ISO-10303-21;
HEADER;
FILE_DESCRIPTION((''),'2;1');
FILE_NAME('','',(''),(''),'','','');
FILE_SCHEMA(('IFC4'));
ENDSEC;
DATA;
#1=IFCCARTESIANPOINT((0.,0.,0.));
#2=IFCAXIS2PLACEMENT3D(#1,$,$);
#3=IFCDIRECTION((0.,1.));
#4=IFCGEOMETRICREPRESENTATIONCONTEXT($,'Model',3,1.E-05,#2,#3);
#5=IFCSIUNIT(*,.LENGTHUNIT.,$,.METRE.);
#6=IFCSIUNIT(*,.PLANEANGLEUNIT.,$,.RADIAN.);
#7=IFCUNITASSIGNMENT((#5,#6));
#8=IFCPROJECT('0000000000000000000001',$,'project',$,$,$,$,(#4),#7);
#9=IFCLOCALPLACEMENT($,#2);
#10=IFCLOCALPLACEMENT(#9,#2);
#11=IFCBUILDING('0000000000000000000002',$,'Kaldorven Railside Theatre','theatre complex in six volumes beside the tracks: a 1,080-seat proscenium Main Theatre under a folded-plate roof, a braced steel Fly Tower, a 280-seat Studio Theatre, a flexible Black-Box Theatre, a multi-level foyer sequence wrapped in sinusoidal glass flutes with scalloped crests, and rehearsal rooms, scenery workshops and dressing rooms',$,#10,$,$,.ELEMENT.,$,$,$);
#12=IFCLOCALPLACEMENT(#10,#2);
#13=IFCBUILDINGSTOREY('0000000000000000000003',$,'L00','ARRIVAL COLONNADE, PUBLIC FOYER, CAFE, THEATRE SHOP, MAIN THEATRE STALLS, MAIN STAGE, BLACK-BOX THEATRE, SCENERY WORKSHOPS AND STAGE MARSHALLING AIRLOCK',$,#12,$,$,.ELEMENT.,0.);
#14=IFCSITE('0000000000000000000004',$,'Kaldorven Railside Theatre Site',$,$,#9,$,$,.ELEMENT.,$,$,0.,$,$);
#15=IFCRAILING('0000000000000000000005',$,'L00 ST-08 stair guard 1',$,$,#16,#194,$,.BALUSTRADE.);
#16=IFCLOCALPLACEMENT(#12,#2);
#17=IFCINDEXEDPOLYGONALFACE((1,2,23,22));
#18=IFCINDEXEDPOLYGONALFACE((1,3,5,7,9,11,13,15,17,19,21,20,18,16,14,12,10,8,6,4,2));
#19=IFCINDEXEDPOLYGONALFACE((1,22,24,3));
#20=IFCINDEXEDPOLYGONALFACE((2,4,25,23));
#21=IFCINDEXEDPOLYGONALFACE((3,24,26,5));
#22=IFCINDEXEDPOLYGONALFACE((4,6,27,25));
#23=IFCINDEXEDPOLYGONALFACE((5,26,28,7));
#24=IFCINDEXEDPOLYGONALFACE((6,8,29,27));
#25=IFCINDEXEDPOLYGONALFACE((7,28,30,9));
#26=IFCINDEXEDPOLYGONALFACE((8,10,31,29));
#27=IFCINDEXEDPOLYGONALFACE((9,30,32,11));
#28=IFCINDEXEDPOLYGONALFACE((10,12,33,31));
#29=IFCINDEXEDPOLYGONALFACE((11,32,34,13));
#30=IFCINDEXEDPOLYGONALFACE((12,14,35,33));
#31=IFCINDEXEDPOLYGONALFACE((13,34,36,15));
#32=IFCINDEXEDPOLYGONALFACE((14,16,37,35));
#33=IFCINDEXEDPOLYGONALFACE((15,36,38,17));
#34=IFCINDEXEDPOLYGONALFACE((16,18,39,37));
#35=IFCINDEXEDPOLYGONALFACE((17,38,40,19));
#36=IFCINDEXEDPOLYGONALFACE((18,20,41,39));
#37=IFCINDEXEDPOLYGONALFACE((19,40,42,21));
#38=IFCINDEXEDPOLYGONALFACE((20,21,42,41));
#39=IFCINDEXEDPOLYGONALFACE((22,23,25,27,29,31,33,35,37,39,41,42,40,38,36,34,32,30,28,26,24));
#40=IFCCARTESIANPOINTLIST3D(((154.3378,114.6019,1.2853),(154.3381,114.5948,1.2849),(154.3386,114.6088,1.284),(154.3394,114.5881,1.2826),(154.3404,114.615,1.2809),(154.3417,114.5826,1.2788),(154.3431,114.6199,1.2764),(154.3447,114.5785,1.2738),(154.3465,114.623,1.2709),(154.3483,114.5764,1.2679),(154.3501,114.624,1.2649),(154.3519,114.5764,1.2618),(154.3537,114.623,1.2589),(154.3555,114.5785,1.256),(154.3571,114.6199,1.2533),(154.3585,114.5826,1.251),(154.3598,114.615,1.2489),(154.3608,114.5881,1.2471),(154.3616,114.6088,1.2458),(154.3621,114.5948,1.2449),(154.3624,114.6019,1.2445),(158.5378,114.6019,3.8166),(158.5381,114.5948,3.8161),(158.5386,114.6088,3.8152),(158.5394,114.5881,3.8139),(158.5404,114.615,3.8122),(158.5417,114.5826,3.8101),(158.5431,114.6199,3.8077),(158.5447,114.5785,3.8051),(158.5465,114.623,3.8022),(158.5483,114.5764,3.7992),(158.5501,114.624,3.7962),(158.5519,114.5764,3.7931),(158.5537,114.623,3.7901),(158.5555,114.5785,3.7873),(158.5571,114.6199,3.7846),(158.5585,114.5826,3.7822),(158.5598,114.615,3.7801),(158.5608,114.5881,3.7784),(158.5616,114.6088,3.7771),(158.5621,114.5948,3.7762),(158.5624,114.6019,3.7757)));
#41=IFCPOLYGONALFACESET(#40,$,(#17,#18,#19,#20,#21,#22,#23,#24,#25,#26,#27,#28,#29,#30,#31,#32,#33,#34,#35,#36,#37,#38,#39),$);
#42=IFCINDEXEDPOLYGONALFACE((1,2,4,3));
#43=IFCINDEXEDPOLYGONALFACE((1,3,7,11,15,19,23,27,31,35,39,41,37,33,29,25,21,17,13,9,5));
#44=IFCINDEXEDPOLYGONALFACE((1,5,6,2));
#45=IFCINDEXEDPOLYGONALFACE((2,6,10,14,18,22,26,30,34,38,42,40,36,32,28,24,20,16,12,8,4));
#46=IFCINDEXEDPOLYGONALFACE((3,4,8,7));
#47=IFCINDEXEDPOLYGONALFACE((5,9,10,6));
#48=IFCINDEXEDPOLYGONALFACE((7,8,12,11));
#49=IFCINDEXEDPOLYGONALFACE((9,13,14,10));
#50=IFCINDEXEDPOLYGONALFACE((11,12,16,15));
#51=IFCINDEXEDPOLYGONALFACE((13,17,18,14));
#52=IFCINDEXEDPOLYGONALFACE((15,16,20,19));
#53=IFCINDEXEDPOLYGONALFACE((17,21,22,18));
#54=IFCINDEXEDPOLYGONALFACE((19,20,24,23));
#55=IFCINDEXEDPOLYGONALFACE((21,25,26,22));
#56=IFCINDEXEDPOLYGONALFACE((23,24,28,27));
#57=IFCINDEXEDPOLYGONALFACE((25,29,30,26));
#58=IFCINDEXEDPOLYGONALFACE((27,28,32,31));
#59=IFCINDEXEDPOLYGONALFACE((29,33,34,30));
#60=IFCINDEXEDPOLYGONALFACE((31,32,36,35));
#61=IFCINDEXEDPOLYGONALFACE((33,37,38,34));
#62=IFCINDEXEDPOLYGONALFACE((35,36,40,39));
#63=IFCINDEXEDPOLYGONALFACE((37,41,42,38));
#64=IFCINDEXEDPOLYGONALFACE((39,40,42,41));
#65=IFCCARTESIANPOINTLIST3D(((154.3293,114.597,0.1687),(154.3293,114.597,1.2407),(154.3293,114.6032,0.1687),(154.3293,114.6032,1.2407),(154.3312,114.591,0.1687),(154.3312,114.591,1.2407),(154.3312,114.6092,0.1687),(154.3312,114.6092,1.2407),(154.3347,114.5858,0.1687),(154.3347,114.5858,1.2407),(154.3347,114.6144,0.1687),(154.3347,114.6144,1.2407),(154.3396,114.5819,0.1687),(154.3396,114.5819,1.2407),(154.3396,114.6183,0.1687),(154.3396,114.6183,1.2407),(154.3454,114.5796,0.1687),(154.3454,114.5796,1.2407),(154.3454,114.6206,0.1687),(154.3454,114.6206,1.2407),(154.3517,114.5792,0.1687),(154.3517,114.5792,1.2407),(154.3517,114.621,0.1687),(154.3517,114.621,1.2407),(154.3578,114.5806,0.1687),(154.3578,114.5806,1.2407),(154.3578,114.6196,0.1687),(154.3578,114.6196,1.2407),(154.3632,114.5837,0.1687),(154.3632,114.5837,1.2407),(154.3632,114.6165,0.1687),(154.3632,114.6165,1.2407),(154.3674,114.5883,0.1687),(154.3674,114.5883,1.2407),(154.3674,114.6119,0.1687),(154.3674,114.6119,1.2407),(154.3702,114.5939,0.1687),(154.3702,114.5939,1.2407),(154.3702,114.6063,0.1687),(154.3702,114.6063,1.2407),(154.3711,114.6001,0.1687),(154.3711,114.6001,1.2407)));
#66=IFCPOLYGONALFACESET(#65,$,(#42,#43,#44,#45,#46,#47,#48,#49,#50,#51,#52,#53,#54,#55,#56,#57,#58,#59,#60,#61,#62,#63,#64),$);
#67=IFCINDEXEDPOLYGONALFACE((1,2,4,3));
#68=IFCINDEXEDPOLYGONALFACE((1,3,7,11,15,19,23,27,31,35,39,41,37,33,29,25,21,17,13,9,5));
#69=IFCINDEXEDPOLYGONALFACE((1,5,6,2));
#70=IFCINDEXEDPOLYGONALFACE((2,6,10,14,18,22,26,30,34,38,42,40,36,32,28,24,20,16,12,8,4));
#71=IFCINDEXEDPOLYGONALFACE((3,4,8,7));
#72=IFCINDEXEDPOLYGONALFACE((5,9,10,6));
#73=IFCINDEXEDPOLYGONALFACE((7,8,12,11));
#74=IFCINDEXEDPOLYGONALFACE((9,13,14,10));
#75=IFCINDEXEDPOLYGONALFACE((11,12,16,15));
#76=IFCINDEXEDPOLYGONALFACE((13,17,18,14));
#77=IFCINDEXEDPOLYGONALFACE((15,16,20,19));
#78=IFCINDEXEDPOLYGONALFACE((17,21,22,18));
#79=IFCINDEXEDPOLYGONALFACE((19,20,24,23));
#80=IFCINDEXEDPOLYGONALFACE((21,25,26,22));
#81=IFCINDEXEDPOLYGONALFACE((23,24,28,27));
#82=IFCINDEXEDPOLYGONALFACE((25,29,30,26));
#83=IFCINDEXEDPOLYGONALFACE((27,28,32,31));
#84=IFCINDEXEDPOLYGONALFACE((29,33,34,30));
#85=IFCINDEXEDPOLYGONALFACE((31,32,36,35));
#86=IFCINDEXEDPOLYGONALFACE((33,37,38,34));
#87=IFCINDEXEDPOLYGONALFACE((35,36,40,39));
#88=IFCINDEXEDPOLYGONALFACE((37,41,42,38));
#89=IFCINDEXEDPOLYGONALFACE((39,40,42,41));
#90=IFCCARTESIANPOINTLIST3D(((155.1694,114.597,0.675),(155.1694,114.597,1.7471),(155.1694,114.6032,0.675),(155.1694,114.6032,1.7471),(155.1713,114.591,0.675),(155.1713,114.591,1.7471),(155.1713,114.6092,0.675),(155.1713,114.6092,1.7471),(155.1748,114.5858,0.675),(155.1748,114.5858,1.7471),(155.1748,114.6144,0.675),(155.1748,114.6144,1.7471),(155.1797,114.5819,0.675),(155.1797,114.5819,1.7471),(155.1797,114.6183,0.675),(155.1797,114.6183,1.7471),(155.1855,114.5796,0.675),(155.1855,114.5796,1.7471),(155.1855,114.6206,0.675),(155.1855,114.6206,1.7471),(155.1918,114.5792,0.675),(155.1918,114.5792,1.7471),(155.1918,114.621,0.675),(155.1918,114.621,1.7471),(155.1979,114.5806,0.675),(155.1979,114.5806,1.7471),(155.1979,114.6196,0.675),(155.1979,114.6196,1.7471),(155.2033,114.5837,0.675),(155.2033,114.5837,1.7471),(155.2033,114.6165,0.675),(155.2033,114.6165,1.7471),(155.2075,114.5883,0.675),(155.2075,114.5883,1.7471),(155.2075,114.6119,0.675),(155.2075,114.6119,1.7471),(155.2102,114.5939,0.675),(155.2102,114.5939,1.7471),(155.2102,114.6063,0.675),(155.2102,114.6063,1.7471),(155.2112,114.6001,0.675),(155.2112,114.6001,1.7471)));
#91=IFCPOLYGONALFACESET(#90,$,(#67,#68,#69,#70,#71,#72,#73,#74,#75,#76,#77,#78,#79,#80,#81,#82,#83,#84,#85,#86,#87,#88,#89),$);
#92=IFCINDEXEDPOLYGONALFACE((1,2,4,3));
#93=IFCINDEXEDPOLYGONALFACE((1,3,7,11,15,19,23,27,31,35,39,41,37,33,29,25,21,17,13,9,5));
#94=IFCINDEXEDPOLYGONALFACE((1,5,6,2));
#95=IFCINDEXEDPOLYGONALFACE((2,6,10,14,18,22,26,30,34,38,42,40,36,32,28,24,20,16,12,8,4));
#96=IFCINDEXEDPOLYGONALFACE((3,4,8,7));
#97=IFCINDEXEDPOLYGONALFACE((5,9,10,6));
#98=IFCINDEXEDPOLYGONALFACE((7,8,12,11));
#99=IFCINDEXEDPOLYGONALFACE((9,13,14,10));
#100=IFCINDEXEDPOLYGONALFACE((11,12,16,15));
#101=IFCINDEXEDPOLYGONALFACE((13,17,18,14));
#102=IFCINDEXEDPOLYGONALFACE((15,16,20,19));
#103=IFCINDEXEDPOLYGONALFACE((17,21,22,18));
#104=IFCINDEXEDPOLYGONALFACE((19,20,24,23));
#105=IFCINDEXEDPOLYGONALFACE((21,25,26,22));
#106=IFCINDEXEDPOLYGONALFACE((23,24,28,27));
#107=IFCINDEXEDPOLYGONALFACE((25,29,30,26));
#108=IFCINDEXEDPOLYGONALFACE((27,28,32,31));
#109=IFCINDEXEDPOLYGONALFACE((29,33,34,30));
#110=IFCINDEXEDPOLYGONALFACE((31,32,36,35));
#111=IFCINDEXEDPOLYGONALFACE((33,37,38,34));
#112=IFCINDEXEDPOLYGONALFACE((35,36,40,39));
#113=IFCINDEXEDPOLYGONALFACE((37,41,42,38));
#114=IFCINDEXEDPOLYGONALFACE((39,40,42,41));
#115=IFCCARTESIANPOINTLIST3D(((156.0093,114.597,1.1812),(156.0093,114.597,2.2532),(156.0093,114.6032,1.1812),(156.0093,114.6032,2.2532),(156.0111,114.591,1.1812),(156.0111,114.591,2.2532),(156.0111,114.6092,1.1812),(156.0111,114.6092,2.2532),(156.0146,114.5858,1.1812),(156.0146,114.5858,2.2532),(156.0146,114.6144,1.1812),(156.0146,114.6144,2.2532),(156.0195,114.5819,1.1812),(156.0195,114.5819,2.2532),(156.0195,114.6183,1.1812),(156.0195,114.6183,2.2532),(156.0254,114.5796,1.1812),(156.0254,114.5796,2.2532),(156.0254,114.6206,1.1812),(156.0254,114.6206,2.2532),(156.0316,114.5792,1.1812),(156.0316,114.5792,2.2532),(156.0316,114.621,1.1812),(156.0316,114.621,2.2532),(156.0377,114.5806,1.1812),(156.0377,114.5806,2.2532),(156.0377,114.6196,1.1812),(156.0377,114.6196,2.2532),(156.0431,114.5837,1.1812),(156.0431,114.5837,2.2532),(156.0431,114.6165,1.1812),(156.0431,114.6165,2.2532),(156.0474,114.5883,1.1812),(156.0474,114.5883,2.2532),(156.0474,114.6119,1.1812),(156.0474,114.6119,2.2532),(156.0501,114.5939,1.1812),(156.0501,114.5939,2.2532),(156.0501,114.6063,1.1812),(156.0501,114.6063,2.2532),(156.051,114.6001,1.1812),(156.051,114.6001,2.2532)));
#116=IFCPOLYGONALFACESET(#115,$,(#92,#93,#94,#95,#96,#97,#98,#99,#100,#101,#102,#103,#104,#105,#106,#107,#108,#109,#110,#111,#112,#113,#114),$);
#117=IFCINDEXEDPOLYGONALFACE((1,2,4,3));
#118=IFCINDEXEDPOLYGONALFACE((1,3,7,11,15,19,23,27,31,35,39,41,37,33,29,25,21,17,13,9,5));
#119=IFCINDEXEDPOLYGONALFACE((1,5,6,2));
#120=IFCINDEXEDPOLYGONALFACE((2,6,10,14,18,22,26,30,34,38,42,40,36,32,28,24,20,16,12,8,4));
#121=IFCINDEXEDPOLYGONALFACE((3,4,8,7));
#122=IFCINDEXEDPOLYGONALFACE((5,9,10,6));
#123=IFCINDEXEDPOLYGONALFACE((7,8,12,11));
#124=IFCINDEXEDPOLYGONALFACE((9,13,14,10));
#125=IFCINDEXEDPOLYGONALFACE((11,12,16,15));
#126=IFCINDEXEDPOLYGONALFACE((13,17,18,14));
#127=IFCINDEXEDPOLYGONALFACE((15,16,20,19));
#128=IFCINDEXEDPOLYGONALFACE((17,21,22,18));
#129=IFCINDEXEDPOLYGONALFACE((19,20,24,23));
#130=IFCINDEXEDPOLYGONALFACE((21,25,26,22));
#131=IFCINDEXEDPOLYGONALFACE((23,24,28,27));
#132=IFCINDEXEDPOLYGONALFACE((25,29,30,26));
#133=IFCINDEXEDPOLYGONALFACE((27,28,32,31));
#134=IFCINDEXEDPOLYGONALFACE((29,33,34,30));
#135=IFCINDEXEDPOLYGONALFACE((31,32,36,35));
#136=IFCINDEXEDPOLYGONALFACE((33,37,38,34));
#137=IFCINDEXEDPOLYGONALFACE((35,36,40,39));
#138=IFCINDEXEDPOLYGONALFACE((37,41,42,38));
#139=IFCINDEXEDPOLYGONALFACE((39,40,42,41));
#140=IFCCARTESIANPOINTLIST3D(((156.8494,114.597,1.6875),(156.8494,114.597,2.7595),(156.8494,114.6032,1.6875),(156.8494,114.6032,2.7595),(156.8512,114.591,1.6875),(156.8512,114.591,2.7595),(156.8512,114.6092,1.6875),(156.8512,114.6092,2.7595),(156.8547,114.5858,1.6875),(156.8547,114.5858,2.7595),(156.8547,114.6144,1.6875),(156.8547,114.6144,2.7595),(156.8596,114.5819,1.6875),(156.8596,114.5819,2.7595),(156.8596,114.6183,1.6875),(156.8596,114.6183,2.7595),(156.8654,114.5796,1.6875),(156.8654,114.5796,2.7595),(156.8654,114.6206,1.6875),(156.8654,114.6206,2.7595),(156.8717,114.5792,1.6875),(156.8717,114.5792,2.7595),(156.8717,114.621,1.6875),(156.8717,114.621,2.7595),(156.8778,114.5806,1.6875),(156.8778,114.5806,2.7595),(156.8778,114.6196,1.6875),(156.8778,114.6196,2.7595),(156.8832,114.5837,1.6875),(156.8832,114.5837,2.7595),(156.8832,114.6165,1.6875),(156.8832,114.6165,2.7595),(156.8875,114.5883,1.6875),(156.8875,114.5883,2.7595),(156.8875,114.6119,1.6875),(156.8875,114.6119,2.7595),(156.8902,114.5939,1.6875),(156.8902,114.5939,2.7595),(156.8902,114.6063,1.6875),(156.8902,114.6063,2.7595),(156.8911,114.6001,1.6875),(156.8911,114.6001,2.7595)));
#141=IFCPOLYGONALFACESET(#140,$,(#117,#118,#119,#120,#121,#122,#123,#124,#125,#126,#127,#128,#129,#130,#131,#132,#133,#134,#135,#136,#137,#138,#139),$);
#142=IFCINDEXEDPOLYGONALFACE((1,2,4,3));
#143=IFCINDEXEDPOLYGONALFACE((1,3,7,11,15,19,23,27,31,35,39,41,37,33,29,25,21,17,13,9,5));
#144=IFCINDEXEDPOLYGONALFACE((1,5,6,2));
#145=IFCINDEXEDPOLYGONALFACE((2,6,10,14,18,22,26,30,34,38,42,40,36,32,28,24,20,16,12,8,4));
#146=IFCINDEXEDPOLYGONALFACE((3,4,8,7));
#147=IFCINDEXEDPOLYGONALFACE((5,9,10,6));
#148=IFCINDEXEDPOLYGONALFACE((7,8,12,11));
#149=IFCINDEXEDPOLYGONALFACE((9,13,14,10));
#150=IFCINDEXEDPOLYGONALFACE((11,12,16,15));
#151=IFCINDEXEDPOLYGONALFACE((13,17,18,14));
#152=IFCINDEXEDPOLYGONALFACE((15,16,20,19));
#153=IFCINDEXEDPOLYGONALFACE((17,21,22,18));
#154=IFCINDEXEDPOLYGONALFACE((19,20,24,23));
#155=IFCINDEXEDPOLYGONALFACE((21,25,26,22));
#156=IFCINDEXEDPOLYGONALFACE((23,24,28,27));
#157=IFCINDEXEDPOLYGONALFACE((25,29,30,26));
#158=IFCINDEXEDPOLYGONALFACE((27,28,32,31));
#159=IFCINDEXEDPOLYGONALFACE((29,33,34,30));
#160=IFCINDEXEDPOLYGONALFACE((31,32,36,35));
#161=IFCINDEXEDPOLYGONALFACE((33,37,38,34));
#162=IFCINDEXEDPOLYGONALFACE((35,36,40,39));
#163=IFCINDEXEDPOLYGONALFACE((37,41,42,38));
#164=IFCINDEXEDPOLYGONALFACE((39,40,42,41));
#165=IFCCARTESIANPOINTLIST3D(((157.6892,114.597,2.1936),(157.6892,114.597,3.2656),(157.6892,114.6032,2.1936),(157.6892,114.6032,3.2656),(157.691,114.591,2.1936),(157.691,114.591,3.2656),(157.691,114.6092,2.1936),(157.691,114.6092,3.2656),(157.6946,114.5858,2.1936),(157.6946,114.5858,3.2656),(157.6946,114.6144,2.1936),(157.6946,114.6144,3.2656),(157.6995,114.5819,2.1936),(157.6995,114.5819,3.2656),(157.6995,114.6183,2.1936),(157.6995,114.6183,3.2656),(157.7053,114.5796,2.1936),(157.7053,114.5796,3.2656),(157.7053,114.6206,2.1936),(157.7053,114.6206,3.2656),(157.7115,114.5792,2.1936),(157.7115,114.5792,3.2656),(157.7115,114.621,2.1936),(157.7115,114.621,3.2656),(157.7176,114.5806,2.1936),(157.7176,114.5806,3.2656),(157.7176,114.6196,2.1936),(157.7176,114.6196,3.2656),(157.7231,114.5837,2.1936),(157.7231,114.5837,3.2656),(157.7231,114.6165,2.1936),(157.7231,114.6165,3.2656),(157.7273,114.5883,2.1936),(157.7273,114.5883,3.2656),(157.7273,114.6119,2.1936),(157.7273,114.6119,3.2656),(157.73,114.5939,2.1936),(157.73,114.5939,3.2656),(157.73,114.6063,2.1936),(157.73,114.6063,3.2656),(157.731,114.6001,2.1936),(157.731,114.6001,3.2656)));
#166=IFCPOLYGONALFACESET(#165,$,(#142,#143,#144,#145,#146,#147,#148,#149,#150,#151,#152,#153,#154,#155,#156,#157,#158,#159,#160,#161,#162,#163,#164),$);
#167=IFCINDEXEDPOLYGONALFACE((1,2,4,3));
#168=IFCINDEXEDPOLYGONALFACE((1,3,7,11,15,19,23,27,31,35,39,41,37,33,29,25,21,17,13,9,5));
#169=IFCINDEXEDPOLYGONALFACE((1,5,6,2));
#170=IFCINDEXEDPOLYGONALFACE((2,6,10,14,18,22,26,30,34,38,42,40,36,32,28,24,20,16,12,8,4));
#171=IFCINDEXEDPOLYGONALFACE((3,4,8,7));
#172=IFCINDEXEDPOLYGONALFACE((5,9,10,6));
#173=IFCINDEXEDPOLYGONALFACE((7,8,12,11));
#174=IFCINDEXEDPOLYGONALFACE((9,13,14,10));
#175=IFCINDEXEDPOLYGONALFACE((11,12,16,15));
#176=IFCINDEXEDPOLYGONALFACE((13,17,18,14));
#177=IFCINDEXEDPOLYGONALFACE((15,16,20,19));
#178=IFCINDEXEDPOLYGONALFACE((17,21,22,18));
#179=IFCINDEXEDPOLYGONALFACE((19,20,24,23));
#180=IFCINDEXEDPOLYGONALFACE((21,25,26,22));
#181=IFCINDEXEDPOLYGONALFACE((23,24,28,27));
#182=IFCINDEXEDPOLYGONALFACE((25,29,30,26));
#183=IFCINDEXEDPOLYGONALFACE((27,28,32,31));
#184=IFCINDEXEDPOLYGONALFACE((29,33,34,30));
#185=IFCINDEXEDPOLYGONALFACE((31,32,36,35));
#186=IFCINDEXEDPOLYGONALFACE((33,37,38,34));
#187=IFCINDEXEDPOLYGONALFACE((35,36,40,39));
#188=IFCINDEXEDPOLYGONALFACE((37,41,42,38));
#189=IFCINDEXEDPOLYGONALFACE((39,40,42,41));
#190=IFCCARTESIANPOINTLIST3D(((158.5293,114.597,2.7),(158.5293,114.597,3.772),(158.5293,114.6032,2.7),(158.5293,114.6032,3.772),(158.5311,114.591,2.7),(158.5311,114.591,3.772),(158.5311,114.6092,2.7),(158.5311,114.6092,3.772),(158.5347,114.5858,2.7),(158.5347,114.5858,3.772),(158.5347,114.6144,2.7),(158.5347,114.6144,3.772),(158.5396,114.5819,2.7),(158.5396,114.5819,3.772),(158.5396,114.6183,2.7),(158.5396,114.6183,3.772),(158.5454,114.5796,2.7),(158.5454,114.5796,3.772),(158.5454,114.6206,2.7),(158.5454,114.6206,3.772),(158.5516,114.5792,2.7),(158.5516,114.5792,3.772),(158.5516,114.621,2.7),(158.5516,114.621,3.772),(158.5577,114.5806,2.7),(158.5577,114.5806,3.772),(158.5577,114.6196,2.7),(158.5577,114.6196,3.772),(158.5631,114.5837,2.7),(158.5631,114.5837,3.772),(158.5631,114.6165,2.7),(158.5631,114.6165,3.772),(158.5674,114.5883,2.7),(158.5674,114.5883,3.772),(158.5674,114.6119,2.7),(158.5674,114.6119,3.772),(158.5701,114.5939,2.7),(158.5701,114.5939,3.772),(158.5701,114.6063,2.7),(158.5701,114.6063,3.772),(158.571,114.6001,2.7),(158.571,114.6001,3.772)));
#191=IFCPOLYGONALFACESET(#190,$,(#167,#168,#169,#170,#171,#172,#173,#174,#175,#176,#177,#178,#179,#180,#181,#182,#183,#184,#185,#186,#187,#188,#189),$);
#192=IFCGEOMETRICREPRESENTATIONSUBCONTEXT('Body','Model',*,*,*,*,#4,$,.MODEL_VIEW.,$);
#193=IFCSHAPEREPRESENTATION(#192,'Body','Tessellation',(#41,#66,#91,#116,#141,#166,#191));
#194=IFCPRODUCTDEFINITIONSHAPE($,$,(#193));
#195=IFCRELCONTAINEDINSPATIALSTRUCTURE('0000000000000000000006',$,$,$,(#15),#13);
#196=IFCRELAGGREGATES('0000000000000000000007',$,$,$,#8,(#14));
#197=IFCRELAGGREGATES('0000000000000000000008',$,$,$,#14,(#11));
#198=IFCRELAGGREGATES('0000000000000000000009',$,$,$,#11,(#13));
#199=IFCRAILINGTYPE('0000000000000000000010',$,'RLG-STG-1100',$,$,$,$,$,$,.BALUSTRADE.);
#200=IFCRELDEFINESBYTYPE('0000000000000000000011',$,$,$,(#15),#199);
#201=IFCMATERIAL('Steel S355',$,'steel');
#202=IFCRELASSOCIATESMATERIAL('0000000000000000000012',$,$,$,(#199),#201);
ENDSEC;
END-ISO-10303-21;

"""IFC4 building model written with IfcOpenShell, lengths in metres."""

from ifc_helpers import new_model, si_unit, direction, frame, origin, origin_2d, place, context, subcontext, project, spatial, circle, extrude, material, type_object, element, save


model = new_model("IFC4")

# Units and contexts
model_context = context("Model", 3, precision=1e-05, world=origin(), true_north=direction((0.0, 1.0)))
body_context = subcontext(model_context, "Body", "Model", "MODEL_VIEW")
ifc_project = project(units=[si_unit("LENGTHUNIT", "METRE"), si_unit("PLANEANGLEUNIT", "RADIAN")], contexts=[model_context])

# Site, building, storey
site_placement = place(None, origin())
site = spatial("IfcSite", under=ifc_project, at=site_placement, Name="Kaldorven Railside Theatre Site", CompositionType="ELEMENT", RefElevation=0.0)
building_placement = place(site_placement, origin())
building = spatial("IfcBuilding", under=site, at=building_placement, Name="Kaldorven Railside Theatre", Description="theatre complex in six volumes beside the tracks: a 1,080-seat proscenium Main Theatre under a folded-plate roof, a braced steel Fly Tower, a 280-seat Studio Theatre, a flexible Black-Box Theatre, a multi-level foyer sequence wrapped in sinusoidal glass flutes with scalloped crests, and rehearsal rooms, scenery workshops and dressing rooms", CompositionType="ELEMENT")
storey_placement = place(building_placement, origin())
storey = spatial("IfcBuildingStorey", under=building, at=storey_placement, Name="L00", Description="ARRIVAL COLONNADE, PUBLIC FOYER, CAFE, THEATRE SHOP, MAIN THEATRE STALLS, MAIN STAGE, BLACK-BOX THEATRE, SCENERY WORKSHOPS AND STAGE MARSHALLING AIRLOCK", CompositionType="ELEMENT", Elevation=0.0)

# Railing
ifc_material_1 = material(Name="Steel S355", Category="steel")
railing_type_1 = type_object("IfcRailingType", Name="RLG-STG-1100", PredefinedType="BALUSTRADE", material=ifc_material_1)
railing_1_placement = place(storey_placement, frame((154.3501, 114.6001, 0.1687)))
element("IfcRailing", 1, at=railing_1_placement, inside=storey, type_object=railing_type_1, Name="L00 ST-08 stair guard 1", PredefinedType="BALUSTRADE", context=body_context, shape_type="SweptSolid", body=[
    extrude(circle(Radius=0.0239, at=origin_2d()), frame((0.0, 0.0, 1.0962), z_axis=(0.856476, 0.0, 0.516186), x_axis=(0.0, 1.0, 0.0)), (0.0, 0.0, 1.0), 4.9038),
    extrude(circle(Radius=0.021, at=origin_2d()), origin(), (0.0, 0.0, 1.0), 1.072),
    extrude(circle(Radius=0.021, at=origin_2d()), frame((0.8401, 0.0, 0.5063)), (0.0, 0.0, 1.0), 1.072),
    extrude(circle(Radius=0.021, at=origin_2d()), frame((1.6799, 0.0, 1.0125)), (0.0, 0.0, 1.0), 1.072),
    extrude(circle(Radius=0.021, at=origin_2d()), frame((2.52, 0.0, 1.5188)), (0.0, 0.0, 1.0), 1.072),
    extrude(circle(Radius=0.021, at=origin_2d()), frame((3.3599, 0.0, 2.0249)), (0.0, 0.0, 1.0), 1.072),
    extrude(circle(Radius=0.021, at=origin_2d()), frame((4.2, 0.0, 2.5312)), (0.0, 0.0, 1.0), 1.072),
])

save(model, "model.ifc")
